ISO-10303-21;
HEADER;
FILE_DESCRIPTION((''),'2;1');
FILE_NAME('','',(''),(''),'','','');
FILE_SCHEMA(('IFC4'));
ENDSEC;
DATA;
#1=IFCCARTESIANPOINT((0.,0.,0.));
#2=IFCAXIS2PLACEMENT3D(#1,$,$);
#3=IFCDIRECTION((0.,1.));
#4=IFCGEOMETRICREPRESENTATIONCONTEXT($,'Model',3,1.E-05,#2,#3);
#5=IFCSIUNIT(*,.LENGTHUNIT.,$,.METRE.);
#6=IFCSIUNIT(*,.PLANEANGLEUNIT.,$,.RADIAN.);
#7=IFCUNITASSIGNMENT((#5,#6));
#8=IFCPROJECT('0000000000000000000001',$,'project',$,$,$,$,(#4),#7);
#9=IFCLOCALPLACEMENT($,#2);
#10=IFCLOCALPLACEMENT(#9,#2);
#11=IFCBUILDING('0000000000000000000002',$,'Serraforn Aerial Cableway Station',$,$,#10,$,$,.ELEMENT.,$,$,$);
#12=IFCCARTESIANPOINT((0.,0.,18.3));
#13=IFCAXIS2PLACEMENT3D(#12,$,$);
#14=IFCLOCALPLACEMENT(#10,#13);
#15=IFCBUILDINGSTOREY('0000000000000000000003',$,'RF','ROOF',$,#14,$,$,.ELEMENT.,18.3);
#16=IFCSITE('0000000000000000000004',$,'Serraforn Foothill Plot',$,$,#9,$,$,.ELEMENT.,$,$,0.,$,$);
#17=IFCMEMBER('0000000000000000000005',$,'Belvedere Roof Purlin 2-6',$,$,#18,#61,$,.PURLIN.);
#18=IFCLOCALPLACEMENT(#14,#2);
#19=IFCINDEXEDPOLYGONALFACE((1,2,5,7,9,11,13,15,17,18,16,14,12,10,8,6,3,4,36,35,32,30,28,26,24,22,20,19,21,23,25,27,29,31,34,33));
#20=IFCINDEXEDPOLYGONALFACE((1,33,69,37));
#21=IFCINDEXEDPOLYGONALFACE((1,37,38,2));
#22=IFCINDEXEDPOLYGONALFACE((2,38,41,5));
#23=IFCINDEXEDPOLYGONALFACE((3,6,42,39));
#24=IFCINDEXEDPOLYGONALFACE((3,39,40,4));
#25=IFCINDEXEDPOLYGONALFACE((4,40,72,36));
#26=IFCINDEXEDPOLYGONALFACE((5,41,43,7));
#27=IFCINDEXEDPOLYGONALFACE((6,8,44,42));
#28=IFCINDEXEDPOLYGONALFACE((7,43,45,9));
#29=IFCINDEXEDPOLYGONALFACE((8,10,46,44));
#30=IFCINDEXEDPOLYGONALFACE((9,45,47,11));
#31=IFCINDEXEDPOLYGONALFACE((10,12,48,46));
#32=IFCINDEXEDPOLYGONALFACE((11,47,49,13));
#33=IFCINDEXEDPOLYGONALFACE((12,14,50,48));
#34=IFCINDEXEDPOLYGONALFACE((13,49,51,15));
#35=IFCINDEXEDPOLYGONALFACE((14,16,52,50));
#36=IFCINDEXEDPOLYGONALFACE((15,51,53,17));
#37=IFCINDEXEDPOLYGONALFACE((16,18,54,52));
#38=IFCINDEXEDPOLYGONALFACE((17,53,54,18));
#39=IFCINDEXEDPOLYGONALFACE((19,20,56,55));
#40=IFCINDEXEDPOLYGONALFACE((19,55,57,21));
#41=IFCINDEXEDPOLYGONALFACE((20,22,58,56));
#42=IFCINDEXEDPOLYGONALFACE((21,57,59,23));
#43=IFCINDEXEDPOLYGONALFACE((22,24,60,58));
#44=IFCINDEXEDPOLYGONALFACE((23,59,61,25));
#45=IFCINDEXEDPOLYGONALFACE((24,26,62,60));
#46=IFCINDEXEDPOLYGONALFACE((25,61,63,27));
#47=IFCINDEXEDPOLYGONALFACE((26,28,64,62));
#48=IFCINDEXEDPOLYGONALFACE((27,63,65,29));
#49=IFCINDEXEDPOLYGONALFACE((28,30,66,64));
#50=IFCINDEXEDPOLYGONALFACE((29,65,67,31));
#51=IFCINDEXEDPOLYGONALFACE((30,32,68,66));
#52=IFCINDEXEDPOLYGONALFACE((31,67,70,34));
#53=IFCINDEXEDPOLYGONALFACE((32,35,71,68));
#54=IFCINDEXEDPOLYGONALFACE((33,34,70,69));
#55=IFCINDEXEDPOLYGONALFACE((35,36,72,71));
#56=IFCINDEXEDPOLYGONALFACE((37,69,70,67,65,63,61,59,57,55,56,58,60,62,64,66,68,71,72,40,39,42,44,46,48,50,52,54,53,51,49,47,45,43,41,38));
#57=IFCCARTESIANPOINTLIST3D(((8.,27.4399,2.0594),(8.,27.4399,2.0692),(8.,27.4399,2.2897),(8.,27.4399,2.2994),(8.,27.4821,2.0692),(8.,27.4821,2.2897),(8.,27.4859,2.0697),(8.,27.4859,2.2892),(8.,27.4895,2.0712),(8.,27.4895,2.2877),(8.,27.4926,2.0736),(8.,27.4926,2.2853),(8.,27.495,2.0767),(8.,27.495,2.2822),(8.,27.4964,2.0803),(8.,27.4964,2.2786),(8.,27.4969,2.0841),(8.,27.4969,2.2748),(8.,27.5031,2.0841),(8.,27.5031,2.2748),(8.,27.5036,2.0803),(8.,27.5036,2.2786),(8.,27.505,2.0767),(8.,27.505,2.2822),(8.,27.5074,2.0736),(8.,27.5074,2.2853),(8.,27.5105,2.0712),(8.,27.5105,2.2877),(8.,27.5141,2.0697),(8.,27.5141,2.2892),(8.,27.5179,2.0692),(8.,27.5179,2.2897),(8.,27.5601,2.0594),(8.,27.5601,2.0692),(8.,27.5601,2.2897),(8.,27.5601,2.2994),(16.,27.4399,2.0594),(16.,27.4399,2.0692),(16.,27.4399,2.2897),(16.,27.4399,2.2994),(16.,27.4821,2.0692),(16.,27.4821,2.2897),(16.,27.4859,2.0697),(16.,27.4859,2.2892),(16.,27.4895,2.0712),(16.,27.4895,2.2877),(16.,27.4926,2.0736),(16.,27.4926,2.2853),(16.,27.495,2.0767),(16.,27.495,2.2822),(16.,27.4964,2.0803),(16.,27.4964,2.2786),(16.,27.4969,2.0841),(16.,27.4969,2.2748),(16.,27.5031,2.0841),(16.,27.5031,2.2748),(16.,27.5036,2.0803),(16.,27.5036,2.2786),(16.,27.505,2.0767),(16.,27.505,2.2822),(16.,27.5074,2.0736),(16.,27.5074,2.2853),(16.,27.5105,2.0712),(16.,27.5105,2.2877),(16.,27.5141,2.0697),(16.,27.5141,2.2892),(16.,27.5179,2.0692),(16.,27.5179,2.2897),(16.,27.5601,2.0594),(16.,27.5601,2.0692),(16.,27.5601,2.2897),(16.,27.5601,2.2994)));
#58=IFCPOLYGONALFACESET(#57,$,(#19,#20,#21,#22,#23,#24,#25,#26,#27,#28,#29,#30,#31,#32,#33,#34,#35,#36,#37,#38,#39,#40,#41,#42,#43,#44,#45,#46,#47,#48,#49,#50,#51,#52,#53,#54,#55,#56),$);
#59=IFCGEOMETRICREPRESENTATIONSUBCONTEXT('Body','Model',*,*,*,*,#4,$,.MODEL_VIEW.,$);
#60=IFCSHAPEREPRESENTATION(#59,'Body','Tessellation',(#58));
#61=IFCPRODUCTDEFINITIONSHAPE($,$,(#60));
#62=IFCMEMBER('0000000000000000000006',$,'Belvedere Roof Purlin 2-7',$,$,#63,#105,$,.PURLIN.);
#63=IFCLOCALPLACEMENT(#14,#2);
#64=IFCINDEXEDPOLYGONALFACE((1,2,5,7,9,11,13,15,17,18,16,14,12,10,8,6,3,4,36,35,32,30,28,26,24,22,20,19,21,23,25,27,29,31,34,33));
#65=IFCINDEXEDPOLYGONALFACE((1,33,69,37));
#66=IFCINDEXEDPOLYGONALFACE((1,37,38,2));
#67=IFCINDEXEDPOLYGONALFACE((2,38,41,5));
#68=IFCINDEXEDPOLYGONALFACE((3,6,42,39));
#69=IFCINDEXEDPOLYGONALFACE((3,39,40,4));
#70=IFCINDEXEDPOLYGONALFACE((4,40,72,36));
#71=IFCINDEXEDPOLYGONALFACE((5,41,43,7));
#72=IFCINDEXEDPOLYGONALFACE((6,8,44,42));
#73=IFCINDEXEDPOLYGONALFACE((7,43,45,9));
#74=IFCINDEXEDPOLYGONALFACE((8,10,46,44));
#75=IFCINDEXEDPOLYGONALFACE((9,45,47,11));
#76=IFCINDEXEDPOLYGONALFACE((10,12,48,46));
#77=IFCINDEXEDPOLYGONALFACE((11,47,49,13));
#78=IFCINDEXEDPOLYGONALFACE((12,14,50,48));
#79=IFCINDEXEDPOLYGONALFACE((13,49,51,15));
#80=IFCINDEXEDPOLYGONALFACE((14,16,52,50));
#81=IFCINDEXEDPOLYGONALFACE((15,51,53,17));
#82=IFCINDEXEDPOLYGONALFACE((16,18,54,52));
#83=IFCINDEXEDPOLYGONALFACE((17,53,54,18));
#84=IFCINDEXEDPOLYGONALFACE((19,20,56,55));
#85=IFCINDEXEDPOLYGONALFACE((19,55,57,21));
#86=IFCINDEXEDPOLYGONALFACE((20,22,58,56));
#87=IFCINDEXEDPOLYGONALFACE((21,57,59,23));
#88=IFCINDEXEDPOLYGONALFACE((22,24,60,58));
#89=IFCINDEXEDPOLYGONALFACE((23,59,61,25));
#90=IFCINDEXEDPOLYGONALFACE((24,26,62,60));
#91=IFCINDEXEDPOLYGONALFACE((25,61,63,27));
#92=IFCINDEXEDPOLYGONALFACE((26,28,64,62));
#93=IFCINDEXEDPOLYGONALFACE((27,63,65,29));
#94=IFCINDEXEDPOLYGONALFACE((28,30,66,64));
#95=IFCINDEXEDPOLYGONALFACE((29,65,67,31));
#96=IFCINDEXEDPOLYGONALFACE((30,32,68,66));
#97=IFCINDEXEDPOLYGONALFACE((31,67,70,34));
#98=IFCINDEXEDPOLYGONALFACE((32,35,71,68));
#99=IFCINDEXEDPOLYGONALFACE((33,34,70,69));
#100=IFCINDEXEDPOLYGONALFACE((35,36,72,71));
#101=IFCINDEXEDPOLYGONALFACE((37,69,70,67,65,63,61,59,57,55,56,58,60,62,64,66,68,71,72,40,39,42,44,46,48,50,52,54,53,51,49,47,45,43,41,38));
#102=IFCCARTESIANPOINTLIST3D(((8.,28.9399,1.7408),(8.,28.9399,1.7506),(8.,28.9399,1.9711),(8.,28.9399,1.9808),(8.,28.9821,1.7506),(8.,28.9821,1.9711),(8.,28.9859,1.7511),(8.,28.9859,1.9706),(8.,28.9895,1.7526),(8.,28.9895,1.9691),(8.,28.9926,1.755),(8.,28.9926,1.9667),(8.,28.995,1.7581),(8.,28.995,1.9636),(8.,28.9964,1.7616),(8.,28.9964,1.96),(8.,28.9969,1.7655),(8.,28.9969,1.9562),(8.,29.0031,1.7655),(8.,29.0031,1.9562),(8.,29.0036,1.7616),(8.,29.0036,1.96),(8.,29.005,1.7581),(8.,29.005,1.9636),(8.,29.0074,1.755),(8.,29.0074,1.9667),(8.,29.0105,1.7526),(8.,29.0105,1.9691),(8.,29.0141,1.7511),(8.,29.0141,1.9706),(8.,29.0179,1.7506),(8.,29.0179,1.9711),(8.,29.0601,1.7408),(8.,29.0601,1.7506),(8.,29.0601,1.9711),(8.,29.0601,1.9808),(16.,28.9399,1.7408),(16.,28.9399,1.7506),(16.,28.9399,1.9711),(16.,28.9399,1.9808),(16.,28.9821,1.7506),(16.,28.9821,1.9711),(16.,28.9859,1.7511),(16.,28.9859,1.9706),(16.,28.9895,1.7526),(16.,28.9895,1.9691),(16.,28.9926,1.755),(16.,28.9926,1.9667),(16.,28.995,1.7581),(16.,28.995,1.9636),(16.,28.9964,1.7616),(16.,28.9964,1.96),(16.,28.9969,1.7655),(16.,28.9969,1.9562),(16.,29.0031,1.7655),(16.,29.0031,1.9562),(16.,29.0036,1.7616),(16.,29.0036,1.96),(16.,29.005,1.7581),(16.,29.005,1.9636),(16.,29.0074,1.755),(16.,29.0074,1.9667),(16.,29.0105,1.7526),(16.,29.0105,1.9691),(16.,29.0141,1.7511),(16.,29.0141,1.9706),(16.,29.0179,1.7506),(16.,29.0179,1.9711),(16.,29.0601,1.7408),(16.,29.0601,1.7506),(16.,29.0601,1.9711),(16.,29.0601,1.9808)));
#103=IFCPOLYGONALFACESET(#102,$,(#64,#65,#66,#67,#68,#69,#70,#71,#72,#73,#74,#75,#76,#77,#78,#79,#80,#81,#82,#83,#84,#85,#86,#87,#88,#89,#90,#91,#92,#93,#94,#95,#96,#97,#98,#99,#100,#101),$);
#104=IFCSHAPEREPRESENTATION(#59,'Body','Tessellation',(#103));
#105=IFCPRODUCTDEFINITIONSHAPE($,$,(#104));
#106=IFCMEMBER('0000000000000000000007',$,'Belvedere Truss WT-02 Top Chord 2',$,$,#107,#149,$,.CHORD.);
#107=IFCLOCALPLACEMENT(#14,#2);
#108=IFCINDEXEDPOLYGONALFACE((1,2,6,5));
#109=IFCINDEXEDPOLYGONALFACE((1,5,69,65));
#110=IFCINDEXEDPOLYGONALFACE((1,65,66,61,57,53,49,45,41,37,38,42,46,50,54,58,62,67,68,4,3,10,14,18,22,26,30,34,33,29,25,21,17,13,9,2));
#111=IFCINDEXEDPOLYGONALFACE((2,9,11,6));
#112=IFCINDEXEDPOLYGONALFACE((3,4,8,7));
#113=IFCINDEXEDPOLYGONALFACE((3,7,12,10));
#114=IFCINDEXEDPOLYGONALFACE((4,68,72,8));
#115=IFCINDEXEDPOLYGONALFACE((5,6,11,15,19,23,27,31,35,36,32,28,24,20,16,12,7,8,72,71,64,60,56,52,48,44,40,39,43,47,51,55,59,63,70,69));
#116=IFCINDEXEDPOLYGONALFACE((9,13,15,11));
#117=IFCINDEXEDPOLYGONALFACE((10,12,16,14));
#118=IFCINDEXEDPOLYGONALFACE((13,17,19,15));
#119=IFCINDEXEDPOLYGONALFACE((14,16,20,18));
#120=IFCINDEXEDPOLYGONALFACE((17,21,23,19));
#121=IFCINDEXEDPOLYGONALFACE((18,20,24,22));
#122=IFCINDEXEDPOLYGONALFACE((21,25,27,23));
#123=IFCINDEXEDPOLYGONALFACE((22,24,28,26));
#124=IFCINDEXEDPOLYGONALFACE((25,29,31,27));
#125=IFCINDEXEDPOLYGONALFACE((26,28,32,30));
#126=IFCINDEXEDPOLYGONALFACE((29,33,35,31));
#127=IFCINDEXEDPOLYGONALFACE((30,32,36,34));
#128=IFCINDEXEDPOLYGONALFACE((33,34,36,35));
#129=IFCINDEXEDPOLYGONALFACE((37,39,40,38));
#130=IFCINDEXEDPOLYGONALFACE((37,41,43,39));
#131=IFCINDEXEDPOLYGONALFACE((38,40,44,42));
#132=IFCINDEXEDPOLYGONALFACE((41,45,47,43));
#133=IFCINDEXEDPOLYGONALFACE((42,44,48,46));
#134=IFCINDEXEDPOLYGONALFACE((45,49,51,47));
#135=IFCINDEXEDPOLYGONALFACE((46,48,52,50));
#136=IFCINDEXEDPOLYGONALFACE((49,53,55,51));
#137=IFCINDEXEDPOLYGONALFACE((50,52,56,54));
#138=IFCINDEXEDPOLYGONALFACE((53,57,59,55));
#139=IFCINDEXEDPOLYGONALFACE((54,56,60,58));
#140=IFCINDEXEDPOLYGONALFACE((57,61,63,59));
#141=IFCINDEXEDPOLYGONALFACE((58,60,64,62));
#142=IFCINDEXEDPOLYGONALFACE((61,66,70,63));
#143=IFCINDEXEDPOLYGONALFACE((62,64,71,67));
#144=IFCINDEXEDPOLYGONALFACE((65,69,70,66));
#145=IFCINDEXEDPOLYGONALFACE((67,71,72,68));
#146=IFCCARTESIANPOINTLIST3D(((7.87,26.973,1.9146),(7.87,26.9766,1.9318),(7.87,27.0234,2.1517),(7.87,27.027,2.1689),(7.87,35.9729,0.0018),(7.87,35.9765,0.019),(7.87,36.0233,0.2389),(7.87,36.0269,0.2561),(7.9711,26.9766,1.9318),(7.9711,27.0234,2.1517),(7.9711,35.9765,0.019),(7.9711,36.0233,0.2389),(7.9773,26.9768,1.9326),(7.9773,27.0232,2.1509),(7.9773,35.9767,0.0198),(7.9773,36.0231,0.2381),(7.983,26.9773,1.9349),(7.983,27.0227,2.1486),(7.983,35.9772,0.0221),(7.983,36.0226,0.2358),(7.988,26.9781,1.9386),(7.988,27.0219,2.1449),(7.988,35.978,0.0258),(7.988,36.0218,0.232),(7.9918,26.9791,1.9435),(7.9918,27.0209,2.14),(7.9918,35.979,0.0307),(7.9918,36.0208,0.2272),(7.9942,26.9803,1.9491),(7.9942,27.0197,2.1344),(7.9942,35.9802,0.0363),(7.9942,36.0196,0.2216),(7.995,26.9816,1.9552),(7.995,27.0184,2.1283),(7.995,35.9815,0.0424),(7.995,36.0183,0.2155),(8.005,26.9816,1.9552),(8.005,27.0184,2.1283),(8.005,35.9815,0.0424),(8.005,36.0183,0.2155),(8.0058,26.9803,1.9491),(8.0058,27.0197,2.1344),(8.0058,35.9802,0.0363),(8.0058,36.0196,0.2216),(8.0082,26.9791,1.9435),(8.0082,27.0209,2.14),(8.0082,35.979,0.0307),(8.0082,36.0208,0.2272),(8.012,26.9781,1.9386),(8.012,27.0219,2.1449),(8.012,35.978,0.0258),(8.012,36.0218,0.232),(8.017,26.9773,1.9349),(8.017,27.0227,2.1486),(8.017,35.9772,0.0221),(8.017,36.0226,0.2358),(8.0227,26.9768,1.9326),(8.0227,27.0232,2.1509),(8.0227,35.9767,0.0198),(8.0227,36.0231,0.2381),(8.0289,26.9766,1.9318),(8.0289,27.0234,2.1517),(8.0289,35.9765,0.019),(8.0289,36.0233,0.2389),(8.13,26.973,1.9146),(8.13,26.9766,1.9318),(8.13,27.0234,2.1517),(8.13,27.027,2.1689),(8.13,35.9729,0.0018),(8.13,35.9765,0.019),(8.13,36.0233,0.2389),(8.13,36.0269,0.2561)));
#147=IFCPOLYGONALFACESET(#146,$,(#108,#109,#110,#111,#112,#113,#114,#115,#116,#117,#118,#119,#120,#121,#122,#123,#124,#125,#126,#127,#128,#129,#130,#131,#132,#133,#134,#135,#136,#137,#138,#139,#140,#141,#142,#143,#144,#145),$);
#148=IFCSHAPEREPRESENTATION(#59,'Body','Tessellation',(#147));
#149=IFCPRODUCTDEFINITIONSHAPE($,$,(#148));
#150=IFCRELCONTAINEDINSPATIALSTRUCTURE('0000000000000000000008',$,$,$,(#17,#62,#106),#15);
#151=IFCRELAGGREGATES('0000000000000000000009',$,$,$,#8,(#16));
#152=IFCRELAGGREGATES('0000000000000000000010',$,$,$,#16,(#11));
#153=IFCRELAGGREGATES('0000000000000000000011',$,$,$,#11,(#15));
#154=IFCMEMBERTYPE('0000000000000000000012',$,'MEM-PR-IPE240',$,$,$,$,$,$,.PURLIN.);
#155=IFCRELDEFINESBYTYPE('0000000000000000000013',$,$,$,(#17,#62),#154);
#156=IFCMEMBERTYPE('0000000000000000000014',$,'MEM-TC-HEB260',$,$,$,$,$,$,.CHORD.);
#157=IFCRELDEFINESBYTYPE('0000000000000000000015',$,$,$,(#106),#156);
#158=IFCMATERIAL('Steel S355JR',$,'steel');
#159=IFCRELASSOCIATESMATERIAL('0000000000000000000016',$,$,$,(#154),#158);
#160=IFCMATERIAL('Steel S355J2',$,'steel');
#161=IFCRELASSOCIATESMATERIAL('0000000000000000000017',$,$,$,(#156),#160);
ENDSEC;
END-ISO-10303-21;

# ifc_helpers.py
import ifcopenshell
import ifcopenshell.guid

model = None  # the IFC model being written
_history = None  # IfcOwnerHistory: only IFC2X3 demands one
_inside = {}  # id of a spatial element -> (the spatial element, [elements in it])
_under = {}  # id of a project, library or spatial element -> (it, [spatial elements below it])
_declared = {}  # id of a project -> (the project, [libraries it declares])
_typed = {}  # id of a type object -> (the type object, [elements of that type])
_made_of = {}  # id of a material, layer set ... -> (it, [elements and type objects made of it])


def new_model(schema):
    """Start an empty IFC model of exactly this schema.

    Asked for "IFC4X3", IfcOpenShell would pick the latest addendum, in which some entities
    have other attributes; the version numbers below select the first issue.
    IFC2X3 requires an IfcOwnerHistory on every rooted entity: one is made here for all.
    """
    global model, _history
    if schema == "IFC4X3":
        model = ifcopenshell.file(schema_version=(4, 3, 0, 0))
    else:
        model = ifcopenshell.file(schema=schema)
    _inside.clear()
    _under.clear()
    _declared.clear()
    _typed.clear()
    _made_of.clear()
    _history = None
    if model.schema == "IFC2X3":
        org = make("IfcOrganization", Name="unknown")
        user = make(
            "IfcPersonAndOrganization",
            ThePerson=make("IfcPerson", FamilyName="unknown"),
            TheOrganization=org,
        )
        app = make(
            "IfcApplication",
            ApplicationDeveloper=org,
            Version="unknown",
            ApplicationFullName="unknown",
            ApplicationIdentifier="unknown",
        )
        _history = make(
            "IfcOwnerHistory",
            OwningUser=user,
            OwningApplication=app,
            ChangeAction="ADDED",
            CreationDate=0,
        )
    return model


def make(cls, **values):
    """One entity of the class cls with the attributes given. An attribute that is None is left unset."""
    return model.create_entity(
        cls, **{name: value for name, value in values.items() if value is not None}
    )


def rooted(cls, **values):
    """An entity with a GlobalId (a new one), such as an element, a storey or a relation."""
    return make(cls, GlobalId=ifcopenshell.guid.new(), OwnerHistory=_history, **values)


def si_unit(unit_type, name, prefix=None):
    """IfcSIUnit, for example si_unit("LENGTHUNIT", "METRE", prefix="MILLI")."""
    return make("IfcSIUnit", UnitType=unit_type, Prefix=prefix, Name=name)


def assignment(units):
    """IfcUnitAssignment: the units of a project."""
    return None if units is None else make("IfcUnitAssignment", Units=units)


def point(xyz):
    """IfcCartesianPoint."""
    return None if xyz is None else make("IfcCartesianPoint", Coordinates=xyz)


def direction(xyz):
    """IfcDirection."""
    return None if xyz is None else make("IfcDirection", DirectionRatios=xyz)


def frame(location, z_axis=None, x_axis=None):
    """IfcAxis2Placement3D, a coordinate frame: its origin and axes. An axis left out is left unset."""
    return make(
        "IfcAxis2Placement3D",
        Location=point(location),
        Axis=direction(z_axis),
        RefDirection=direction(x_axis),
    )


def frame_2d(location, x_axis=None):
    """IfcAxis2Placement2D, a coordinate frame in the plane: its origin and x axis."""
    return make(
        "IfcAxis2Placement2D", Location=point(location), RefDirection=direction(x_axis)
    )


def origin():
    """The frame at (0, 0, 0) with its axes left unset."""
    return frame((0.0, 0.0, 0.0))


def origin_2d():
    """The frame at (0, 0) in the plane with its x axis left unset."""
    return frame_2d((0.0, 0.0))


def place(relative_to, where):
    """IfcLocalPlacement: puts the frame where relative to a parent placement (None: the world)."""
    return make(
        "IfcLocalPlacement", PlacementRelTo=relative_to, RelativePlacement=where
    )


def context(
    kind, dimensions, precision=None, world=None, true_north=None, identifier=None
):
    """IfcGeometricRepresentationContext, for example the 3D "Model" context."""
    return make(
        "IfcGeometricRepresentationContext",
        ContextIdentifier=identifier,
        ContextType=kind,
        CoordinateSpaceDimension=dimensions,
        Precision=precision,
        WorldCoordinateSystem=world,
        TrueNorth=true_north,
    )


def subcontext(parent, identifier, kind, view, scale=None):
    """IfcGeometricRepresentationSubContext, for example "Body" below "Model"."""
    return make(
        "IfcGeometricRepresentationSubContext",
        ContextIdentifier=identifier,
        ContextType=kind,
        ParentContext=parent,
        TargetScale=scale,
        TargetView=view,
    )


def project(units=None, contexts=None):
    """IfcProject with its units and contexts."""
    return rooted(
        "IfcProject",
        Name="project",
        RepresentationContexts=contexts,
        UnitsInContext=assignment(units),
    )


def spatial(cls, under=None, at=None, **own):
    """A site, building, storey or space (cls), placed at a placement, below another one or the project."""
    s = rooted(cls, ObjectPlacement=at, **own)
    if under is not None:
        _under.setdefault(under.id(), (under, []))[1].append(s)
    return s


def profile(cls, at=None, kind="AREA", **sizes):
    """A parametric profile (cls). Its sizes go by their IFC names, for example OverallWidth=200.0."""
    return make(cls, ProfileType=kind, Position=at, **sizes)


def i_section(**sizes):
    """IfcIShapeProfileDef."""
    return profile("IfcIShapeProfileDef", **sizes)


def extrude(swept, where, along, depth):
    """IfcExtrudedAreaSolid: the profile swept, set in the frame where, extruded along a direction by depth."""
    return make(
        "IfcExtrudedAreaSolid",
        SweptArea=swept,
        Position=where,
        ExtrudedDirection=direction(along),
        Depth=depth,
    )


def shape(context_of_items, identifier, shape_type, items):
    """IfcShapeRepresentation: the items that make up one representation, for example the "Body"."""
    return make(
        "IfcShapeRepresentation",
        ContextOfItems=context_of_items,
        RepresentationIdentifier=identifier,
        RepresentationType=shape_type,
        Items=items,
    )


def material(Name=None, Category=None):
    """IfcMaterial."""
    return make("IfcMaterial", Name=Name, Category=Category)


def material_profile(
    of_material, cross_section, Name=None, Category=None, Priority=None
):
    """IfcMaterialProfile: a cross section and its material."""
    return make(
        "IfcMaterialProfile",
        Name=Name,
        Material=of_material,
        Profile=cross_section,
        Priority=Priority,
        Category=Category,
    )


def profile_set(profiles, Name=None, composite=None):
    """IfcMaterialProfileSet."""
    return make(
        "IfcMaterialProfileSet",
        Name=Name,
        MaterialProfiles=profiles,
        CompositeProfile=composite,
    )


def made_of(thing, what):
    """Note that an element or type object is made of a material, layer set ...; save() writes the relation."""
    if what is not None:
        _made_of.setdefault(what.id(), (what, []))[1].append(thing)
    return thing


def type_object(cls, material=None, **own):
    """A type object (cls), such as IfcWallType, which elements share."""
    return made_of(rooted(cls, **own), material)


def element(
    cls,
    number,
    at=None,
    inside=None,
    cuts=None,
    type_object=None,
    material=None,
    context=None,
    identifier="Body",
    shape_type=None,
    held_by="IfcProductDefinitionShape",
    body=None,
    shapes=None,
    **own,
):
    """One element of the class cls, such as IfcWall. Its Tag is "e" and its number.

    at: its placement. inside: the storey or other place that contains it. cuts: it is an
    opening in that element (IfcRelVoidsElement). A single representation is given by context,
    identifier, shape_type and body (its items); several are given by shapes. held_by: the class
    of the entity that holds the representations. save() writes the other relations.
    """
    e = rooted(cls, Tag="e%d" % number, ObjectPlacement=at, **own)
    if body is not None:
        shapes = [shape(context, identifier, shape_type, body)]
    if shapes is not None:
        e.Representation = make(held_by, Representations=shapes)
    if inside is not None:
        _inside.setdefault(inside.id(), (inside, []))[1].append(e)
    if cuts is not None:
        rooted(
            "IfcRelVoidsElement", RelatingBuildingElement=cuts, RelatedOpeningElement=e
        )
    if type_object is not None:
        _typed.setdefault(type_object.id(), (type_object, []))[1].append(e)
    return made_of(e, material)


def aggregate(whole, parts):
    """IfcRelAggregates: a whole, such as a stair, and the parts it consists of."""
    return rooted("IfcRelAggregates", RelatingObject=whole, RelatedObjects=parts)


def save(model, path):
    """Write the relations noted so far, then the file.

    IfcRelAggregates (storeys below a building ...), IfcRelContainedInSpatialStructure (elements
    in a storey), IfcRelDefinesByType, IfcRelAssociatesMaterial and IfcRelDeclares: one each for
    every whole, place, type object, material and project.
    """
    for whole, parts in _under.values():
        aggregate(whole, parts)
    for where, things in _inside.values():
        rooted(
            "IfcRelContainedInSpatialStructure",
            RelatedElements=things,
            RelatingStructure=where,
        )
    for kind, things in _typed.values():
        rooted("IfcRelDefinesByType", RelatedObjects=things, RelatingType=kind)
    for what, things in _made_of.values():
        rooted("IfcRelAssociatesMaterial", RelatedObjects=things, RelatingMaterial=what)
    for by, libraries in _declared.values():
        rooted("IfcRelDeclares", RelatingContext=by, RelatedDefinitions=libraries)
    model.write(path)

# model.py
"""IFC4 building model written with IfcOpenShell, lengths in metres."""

from ifc_helpers import new_model, si_unit, direction, frame, origin, origin_2d, place, context, subcontext, project, spatial, i_section, extrude, material, material_profile, profile_set, type_object, element, save


model = new_model("IFC4")

# Units and contexts
model_context = context("Model", 3, precision=1e-05, world=origin(), true_north=direction((0.0, 1.0)))
body_context = subcontext(model_context, "Body", "Model", "MODEL_VIEW")
ifc_project = project(units=[si_unit("LENGTHUNIT", "METRE"), si_unit("PLANEANGLEUNIT", "RADIAN")], contexts=[model_context])

# Site, building, storey
site_placement = place(None, origin())
site = spatial("IfcSite", under=ifc_project, at=site_placement, Name="Serraforn Foothill Plot", CompositionType="ELEMENT", RefElevation=0.0)
building_placement = place(site_placement, origin())
building = spatial("IfcBuilding", under=site, at=building_placement, Name="Serraforn Aerial Cableway Station", CompositionType="ELEMENT")
storey_placement = place(building_placement, frame((0.0, 0.0, 18.3)))
storey = spatial("IfcBuildingStorey", under=building, at=storey_placement, Name="RF", Description="ROOF", CompositionType="ELEMENT", Elevation=18.3)

# Shared definitions
ifc_material_1 = material(Name="Steel S355JR", Category="steel")

# Members
ifc_material_2 = material(Name="Steel S355J2", Category="steel")
ifc_material_profile_1 = material_profile(ifc_material_1, i_section(OverallWidth=0.1201, OverallDepth=0.24, WebThickness=0.0061, FlangeThickness=0.0098, FilletRadius=0.0149, at=origin_2d()), Name="IPE 240")
ifc_profile_set_1 = profile_set([ifc_material_profile_1], Name="Steel S355JR")
member_type_1 = type_object("IfcMemberType", Name="MEM-PR-IPE240", PredefinedType="PURLIN", material=ifc_profile_set_1)
for number, where, z_axis, x_axis, name in (
    (1, (8.0, 27.5, 2.1794), (1.0, 0.0, 0.0), (0.0, 1.0, 0.0), "Belvedere Roof Purlin 2-6"),
    (2, (8.0, 29.0, 1.8608), (1.0, 0.0, 0.0), (0.0, 1.0, 0.0), "Belvedere Roof Purlin 2-7"),
):
    element("IfcMember", number, at=place(storey_placement, frame(where, z_axis=z_axis, x_axis=x_axis)), inside=storey, type_object=member_type_1, Name=name, PredefinedType="PURLIN", context=body_context, shape_type="SweptSolid", body=[
        extrude(i_section(OverallWidth=0.1201, OverallDepth=0.24, WebThickness=0.0061, FlangeThickness=0.0098, FilletRadius=0.0149, at=origin_2d()), origin(), (0.0, 0.0, 1.0), 8.0),
    ])
ifc_material_profile_2 = material_profile(ifc_material_2, i_section(OverallWidth=0.26, OverallDepth=0.26, WebThickness=0.01, FlangeThickness=0.0176, FilletRadius=0.0239, at=origin_2d()), Name="HEB 260")
ifc_profile_set_2 = profile_set([ifc_material_profile_2], Name="Steel S355J2")
member_type_2 = type_object("IfcMemberType", Name="MEM-TC-HEB260", PredefinedType="CHORD", material=ifc_profile_set_2)
member_1_placement = place(storey_placement, frame((8.0, 27.0, 2.0417), z_axis=(0.0, 0.978151, -0.207894), x_axis=(-1.0, 0.0, 0.0)))
element("IfcMember", 3, at=member_1_placement, inside=storey, type_object=member_type_2, Name="Belvedere Truss WT-02 Top Chord 2", PredefinedType="CHORD", context=body_context, shape_type="SweptSolid", body=[
    extrude(i_section(OverallWidth=0.26, OverallDepth=0.26, WebThickness=0.01, FlangeThickness=0.0176, FilletRadius=0.0239, at=origin_2d()), origin(), (0.0, 0.0, 1.0), 9.2009),
])

save(model, "model.ifc")
